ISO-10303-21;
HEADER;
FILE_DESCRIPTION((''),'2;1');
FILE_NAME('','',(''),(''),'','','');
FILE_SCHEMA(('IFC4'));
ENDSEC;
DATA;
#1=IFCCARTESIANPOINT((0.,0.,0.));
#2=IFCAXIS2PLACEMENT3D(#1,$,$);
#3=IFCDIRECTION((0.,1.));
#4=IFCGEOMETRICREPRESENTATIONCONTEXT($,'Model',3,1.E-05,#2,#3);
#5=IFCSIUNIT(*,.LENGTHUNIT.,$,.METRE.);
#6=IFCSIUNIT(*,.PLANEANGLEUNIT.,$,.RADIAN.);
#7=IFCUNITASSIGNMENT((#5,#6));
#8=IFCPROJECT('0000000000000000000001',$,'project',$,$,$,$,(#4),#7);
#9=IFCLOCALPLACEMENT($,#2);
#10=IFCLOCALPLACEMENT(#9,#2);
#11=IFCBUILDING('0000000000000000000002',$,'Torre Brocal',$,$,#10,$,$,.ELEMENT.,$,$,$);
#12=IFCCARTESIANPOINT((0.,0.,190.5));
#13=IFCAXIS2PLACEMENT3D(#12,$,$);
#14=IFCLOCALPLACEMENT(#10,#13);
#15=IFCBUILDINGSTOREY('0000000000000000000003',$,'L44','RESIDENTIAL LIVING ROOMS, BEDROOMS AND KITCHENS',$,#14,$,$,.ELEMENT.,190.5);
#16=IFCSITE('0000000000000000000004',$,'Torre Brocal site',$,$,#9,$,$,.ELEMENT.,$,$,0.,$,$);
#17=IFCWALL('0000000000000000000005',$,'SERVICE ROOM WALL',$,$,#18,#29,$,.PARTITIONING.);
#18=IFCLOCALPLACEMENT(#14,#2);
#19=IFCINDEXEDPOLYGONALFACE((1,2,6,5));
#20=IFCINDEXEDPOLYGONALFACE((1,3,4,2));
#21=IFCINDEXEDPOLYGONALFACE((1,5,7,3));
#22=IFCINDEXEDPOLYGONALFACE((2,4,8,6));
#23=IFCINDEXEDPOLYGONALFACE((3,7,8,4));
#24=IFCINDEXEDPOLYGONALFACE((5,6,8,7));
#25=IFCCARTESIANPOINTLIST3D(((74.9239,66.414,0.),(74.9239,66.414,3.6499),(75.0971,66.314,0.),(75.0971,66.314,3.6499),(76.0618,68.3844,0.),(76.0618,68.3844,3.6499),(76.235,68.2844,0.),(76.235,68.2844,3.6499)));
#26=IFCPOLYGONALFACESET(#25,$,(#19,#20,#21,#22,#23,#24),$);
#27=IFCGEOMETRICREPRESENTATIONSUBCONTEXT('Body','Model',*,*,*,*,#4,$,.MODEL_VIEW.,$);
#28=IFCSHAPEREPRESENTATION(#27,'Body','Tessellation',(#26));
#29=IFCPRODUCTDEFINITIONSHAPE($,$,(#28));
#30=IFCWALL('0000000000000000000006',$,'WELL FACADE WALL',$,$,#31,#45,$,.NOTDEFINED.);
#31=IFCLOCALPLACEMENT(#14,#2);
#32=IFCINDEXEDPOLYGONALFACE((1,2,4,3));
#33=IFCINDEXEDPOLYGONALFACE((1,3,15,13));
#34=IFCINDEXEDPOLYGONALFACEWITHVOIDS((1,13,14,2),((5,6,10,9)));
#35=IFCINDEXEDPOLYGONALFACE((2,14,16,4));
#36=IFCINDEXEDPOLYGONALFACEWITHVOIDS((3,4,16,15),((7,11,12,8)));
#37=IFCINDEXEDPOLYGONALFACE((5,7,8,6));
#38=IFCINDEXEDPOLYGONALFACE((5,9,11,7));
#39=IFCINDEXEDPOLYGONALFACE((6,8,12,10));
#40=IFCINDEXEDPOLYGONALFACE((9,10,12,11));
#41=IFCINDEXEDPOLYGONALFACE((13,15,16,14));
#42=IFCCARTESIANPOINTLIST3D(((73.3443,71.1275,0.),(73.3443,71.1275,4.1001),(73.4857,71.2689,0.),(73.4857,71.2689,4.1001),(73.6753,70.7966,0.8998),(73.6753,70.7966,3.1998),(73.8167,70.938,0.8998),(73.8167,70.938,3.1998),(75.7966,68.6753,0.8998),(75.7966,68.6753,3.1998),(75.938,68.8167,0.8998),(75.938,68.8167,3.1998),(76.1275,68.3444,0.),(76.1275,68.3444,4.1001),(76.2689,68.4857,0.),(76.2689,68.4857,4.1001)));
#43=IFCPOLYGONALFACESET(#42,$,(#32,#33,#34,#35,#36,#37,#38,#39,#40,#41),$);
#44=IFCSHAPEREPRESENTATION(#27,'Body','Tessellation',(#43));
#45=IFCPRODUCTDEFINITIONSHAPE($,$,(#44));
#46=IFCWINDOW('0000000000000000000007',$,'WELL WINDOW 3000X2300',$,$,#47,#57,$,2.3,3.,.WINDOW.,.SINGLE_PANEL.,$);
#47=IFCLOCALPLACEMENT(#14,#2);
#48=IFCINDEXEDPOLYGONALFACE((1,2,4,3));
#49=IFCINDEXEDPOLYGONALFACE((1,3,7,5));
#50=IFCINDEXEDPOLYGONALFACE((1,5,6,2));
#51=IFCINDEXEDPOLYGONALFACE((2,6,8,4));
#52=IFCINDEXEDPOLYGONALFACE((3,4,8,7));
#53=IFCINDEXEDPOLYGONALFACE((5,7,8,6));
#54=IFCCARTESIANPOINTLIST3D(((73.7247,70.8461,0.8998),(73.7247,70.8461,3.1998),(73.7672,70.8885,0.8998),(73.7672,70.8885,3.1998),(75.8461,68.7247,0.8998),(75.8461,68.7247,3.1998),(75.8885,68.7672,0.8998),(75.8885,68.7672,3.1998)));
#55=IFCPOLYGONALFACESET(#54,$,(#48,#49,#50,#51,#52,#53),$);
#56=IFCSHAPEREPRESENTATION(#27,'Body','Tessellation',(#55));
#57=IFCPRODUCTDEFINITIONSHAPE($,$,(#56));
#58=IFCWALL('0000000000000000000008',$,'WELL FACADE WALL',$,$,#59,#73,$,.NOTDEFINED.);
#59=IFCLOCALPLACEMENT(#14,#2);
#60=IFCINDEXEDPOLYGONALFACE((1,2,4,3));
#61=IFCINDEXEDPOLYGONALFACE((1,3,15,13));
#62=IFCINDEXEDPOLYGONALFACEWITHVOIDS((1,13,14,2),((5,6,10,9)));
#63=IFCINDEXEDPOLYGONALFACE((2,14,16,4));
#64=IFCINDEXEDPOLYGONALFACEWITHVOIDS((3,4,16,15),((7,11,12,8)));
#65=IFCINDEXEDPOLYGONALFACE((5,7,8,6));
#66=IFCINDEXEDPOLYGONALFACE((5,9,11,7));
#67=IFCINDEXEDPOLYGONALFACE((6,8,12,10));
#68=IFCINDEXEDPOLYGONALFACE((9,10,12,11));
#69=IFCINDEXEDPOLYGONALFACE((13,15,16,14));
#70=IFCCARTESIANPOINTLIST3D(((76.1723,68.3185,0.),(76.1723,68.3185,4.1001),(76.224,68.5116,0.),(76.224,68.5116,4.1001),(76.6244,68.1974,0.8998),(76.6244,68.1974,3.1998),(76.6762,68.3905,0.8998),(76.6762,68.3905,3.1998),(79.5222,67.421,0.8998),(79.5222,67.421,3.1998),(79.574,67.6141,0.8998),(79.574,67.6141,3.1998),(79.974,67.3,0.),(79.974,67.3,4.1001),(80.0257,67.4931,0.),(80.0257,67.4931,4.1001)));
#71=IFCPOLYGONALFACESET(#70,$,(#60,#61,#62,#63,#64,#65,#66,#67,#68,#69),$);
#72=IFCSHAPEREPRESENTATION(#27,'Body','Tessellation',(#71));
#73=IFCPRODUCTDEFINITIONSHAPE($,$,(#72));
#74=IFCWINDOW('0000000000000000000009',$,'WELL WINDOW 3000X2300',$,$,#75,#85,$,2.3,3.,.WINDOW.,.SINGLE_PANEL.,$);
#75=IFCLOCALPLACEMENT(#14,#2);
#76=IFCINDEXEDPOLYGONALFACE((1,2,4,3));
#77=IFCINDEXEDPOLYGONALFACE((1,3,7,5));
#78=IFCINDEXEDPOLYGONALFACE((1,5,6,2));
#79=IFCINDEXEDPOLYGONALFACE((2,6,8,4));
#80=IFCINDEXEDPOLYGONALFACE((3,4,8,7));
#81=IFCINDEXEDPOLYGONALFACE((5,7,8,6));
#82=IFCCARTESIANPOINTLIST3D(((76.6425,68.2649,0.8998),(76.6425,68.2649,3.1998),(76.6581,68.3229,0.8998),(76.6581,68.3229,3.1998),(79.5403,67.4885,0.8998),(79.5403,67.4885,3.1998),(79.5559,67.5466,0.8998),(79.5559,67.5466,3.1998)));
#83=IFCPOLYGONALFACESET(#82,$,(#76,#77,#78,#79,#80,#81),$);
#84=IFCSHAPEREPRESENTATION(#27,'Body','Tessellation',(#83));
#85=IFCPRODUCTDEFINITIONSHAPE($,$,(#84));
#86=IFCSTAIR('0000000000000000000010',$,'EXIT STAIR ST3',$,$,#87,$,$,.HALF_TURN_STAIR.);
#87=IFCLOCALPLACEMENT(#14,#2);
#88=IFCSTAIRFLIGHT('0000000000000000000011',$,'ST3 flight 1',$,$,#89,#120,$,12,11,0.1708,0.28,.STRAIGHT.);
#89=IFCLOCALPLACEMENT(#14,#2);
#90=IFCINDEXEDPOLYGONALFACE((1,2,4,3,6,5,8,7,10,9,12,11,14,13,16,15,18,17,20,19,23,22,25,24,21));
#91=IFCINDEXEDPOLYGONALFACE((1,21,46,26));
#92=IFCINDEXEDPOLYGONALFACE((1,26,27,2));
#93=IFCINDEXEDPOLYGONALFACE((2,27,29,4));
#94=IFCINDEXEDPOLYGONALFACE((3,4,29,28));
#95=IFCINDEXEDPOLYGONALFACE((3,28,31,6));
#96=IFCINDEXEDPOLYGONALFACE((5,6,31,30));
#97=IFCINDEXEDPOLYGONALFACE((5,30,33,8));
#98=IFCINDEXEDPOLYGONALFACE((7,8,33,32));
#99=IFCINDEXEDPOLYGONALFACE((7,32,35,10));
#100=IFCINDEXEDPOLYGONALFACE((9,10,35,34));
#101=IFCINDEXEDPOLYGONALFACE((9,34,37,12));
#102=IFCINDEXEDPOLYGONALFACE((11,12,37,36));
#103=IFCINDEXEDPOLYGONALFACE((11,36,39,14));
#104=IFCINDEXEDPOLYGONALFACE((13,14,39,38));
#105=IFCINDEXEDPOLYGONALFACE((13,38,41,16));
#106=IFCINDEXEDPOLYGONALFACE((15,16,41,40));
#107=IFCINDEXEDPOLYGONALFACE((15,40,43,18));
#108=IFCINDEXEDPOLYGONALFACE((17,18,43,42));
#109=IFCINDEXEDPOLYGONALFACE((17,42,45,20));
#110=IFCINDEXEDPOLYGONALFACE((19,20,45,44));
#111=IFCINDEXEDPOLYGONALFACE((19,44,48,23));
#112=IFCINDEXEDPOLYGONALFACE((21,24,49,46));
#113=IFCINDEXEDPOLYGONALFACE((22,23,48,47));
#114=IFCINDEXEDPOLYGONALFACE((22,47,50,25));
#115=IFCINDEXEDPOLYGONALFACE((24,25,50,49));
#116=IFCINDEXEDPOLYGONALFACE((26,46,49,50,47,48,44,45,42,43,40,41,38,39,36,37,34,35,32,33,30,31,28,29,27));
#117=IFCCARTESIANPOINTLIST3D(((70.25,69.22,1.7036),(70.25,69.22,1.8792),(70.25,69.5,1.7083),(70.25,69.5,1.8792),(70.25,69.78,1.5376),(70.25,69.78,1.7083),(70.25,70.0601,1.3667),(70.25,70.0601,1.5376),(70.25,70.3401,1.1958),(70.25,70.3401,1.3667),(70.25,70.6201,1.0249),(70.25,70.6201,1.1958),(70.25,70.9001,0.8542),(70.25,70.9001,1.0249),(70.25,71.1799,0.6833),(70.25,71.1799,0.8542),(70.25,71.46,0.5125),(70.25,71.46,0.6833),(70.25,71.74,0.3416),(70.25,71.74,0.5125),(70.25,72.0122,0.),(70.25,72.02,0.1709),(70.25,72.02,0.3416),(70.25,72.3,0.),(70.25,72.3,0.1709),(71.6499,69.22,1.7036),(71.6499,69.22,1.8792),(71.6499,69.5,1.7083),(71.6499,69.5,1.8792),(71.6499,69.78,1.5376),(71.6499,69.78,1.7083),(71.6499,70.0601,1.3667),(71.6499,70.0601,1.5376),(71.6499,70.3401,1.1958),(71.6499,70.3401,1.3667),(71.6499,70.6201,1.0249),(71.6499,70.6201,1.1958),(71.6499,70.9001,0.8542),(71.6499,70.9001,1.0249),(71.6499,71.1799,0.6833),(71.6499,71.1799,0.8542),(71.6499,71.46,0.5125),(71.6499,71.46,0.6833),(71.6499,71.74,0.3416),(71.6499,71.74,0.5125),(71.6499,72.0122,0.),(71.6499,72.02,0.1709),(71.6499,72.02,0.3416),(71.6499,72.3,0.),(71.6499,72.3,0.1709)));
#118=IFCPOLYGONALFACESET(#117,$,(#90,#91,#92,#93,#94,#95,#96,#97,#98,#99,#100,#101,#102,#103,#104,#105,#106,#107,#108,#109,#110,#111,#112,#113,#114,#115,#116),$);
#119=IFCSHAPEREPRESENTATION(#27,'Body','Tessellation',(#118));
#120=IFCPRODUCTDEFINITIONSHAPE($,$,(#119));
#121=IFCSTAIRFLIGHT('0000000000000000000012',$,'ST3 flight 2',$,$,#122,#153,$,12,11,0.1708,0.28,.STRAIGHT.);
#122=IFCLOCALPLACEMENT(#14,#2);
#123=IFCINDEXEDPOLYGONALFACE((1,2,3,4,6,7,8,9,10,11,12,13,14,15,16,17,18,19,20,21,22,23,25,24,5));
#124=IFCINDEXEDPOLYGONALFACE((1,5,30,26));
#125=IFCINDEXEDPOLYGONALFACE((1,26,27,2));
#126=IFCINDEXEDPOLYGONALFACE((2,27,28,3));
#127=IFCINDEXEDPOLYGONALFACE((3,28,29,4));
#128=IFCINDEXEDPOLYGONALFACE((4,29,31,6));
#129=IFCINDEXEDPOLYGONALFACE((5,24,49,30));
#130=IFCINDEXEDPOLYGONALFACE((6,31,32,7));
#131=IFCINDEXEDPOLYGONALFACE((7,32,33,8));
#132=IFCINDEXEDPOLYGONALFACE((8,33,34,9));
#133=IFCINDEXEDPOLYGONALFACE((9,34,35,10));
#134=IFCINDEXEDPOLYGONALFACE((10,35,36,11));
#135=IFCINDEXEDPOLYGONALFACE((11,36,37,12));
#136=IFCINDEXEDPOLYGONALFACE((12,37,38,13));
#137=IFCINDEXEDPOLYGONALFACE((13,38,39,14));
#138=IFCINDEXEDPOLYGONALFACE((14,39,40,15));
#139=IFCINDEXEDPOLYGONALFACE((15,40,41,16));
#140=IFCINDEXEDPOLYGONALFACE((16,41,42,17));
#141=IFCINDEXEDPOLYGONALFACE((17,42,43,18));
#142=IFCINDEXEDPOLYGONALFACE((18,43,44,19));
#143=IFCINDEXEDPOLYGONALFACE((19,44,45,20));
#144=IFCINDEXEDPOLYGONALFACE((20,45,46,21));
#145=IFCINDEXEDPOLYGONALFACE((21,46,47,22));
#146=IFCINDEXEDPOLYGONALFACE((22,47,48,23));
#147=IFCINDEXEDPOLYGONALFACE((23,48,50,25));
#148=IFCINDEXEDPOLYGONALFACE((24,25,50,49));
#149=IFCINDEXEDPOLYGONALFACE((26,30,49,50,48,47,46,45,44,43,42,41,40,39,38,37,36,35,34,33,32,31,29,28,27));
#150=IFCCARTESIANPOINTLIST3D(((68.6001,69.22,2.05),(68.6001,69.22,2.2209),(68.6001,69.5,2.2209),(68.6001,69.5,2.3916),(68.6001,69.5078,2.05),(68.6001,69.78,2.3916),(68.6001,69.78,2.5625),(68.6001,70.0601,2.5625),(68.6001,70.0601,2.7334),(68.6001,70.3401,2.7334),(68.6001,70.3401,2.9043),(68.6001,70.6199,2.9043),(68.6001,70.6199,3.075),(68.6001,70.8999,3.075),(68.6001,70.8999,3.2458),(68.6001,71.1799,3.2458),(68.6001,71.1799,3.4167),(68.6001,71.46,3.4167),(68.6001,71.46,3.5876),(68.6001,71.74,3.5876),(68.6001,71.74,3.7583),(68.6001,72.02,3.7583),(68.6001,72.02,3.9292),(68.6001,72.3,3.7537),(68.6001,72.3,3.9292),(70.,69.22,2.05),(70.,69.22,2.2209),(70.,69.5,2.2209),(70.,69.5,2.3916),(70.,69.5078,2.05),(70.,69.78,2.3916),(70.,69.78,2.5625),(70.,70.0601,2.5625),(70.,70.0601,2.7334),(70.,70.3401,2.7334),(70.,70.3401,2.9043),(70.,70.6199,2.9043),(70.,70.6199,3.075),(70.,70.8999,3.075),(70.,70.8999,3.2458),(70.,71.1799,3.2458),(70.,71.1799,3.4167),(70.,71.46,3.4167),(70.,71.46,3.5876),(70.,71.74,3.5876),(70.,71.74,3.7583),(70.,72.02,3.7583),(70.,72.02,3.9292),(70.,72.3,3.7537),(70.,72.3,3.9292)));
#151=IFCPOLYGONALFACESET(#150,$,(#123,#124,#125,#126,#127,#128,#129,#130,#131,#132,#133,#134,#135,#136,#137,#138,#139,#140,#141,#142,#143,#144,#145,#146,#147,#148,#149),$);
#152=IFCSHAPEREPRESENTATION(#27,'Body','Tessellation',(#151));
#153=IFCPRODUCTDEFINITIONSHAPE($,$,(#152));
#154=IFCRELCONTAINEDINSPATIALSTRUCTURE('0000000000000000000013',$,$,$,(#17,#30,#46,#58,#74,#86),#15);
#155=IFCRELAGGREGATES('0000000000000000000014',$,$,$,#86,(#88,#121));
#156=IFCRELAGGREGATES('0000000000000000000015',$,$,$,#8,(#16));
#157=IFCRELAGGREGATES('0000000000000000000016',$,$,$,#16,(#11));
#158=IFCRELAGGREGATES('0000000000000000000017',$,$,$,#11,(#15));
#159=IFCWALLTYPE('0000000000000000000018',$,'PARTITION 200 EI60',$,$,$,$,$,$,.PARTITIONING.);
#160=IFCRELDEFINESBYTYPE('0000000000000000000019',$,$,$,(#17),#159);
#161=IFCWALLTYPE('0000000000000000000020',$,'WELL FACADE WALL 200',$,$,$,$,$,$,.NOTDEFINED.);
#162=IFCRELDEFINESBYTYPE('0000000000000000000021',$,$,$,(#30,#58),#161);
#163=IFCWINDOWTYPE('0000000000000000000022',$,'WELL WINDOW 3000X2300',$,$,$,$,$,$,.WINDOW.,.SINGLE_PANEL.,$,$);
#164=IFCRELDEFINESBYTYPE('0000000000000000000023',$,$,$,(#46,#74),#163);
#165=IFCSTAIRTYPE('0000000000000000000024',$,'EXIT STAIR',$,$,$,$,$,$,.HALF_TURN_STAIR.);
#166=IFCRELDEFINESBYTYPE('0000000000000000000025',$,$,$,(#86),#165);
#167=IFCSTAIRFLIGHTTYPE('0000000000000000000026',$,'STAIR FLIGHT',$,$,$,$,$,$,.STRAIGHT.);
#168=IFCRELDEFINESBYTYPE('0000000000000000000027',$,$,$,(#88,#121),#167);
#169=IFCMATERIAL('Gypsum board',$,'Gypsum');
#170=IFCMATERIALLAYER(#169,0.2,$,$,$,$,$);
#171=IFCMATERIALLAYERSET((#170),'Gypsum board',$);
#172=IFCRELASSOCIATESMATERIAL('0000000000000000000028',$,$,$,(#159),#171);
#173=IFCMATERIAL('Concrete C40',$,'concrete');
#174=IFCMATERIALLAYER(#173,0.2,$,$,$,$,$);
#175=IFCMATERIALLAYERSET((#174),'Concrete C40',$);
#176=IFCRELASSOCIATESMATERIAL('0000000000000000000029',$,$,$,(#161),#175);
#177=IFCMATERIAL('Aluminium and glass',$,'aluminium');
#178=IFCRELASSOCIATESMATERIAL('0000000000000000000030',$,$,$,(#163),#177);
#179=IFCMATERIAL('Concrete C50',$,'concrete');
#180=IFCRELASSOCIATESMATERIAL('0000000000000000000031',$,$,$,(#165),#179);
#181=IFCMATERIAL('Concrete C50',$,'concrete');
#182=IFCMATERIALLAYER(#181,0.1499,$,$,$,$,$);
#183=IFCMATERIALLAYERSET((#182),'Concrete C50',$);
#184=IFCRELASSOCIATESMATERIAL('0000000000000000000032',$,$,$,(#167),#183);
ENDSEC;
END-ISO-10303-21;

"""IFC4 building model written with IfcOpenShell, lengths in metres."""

from ifc_helpers import new_model, si_unit, direction, frame, frame_2d, origin, place, context, subcontext, project, spatial, polyline, rectangle, outline, extrude, material, layer, layer_set, type_object, element, fill, aggregate, save


model = new_model("IFC4")

# Units and contexts
model_context = context("Model", 3, precision=1e-05, world=origin(), true_north=direction((0.0, 1.0)))
body_context = subcontext(model_context, "Body", "Model", "MODEL_VIEW")
ifc_project = project(units=[si_unit("LENGTHUNIT", "METRE"), si_unit("PLANEANGLEUNIT", "RADIAN")], contexts=[model_context])

# Site, building, storey
site_placement = place(None, origin())
site = spatial("IfcSite", under=ifc_project, at=site_placement, Name="Torre Brocal site", CompositionType="ELEMENT", RefElevation=0.0)
building_placement = place(site_placement, origin())
building = spatial("IfcBuilding", under=site, at=building_placement, Name="Torre Brocal", CompositionType="ELEMENT")
storey_placement = place(building_placement, frame((0.0, 0.0, 190.5)))
storey = spatial("IfcBuildingStorey", under=building, at=storey_placement, Name="L44", Description="RESIDENTIAL LIVING ROOMS, BEDROOMS AND KITCHENS", CompositionType="ELEMENT", Elevation=190.5)

# Shared definitions
ifc_material_1 = material(Name="Gypsum board", Category="Gypsum")
ifc_layer_1 = layer(ifc_material_1, 0.2)
ifc_layer_set_1 = layer_set([ifc_layer_1], Name="Gypsum board")
wall_type_1 = type_object("IfcWallType", Name="PARTITION 200 EI60", PredefinedType="PARTITIONING", material=ifc_layer_set_1)

# Wall
wall_1_placement = place(storey_placement, frame((75.0105, 66.364, 0.0), z_axis=(0.0, 0.0, 1.0), x_axis=(0.500097, 0.865969, 0.0)))
element("IfcWall", 1, at=wall_1_placement, inside=storey, type_object=wall_type_1, Name="SERVICE ROOM WALL", PredefinedType="PARTITIONING", context=body_context, shape_type="SweptSolid", body=[
    extrude(rectangle(XDim=2.2754, YDim=0.2, at=frame_2d((1.1377, 0.0))), origin(), (0.0, 0.0, 1.0), 3.6499),
])

# Walls, openings, windows
ifc_material_2 = material(Name="Concrete C40", Category="concrete")
ifc_layer_2 = layer(ifc_material_2, 0.2)
ifc_layer_set_2 = layer_set([ifc_layer_2], Name="Concrete C40")
wall_type_2 = type_object("IfcWallType", Name="WELL FACADE WALL 200", PredefinedType="NOTDEFINED", material=ifc_layer_set_2)
wall_2_placement = place(storey_placement, frame((73.415, 71.1982, 0.0), z_axis=(0.0, 0.0, 1.0), x_axis=(0.707107, -0.707107, 0.0)))
wall_2 = element("IfcWall", 2, at=wall_2_placement, inside=storey, type_object=wall_type_2, Name="WELL FACADE WALL", PredefinedType="NOTDEFINED", context=body_context, shape_type="SweptSolid", body=[
    extrude(rectangle(XDim=3.936, YDim=0.2, at=frame_2d((1.968, 0.0))), origin(), (0.0, 0.0, 1.0), 4.1001),
])
opening_1_placement = place(wall_2_placement, frame((0.468, 0.0, 0.8999)))
opening_1 = element("IfcOpeningElement", 3, at=opening_1_placement, cuts=wall_2, PredefinedType="OPENING", context=body_context, shape_type="SweptSolid", body=[
    extrude(rectangle(XDim=3.0, YDim=2.3, at=frame_2d((1.5, 1.1499))), frame((0.0, 0.1099, 0.0), z_axis=(0.0, -1.0, 0.0), x_axis=(1.0, 0.0, 0.0)), (0.0, 0.0, 1.0), 0.22),
])
ifc_material_3 = material(Name="Aluminium and glass", Category="aluminium")
window_type = type_object("IfcWindowType", Name="WELL WINDOW 3000X2300", PartitioningType="SINGLE_PANEL", PredefinedType="WINDOW", material=ifc_material_3)
window_1_placement = place(opening_1_placement, origin())
window_1 = element("IfcWindow", 4, at=window_1_placement, inside=storey, type_object=window_type, Name="WELL WINDOW 3000X2300", OverallHeight=2.3, OverallWidth=3.0, PartitioningType="SINGLE_PANEL", PredefinedType="WINDOW", context=body_context, shape_type="SweptSolid", body=[
    extrude(rectangle(XDim=3.0, YDim=2.3, at=frame_2d((1.5, 1.1499))), frame((0.0, 0.03, 0.0), z_axis=(0.0, -1.0, 0.0), x_axis=(1.0, 0.0, 0.0)), (0.0, 0.0, 1.0), 0.0601),
])
fill(opening_1, window_1)
wall_3_placement = place(storey_placement, frame((76.1982, 68.415, 0.0), z_axis=(0.0, 0.0, 1.0), x_axis=(0.965934, -0.25879, 0.0)))
wall_3 = element("IfcWall", 5, at=wall_3_placement, inside=storey, type_object=wall_type_2, Name="WELL FACADE WALL", PredefinedType="NOTDEFINED", context=body_context, shape_type="SweptSolid", body=[
    extrude(rectangle(XDim=3.9358, YDim=0.2, at=frame_2d((1.9678, 0.0))), origin(), (0.0, 0.0, 1.0), 4.1001),
])
opening_2_placement = place(wall_3_placement, frame((0.468, 0.0, 0.8999)))
opening_2 = element("IfcOpeningElement", 6, at=opening_2_placement, cuts=wall_3, PredefinedType="OPENING", context=body_context, shape_type="SweptSolid", body=[
    extrude(rectangle(XDim=3.0, YDim=2.3, at=frame_2d((1.5, 1.1499))), frame((0.0, 0.1099, 0.0), z_axis=(0.0, -1.0, 0.0), x_axis=(1.0, 0.0, 0.0)), (0.0, 0.0, 1.0), 0.22),
])
window_2_placement = place(opening_2_placement, origin())
window_2 = element("IfcWindow", 7, at=window_2_placement, inside=storey, type_object=window_type, Name="WELL WINDOW 3000X2300", OverallHeight=2.3, OverallWidth=3.0, PartitioningType="SINGLE_PANEL", PredefinedType="WINDOW", context=body_context, shape_type="SweptSolid", body=[
    extrude(rectangle(XDim=3.0, YDim=2.3, at=frame_2d((1.5, 1.1499))), frame((0.0, 0.03, 0.0), z_axis=(0.0, -1.0, 0.0), x_axis=(1.0, 0.0, 0.0)), (0.0, 0.0, 1.0), 0.0601),
])
fill(opening_2, window_2)

# Stair, stair flights
ifc_material_4 = material(Name="Concrete C50", Category="concrete")
stair_type = type_object("IfcStairType", Name="EXIT STAIR", PredefinedType="HALF_TURN_STAIR", material=ifc_material_4)
stair_placement = place(storey_placement, origin())
stair = element("IfcStair", 8, at=stair_placement, inside=storey, type_object=stair_type, Name="EXIT STAIR ST3", PredefinedType="HALF_TURN_STAIR")
ifc_material_5 = material(Name="Concrete C50", Category="concrete")
ifc_layer_3 = layer(ifc_material_5, 0.1499)
ifc_layer_set_3 = layer_set([ifc_layer_3], Name="Concrete C50")
stair_flight_type = type_object("IfcStairFlightType", Name="STAIR FLIGHT", PredefinedType="STRAIGHT", material=ifc_layer_set_3)
stair_flight_1_placement = place(storey_placement, frame((70.95, 72.3, 0.0), z_axis=(0.0, 0.0, 1.0), x_axis=(0.0, -1.0, 0.0)))
stair_flight_1 = element("IfcStairFlight", 9, at=stair_flight_1_placement, type_object=stair_flight_type, Name="ST3 flight 1", NumberOfRisers=12, NumberOfTreads=11, PredefinedType="STRAIGHT", RiserHeight=0.1708, TreadLength=0.28, context=body_context, shape_type="SweptSolid", body=[
    extrude(outline(polyline([(0.0, 0.0), (0.0, 0.1709), (0.28, 0.1709), (0.28, 0.3416), (0.5601, 0.3416), (0.5601, 0.5125), (0.8401, 0.5125), (0.8401, 0.6833), (1.1201, 0.6833), (1.1201, 0.8542), (1.3999, 0.8542), (1.3999, 1.0249), (1.6799, 1.0249), (1.6799, 1.1958), (1.96, 1.1958), (1.96, 1.3667), (2.24, 1.3667), (2.24, 1.5376), (2.52, 1.5376), (2.52, 1.7083), (2.8, 1.7083), (2.8, 1.8792), (3.0801, 1.8792), (3.0801, 2.05), (3.0801, 1.7036), (0.2878, 0.0), (0.0, 0.0)])), frame((0.0, 0.7, 0.0), z_axis=(0.0, -1.0, 0.0), x_axis=(1.0, 0.0, 0.0)), (0.0, 0.0, 1.0), 1.3999),
])
stair_flight_2_placement = place(storey_placement, frame((69.3, 69.22, 2.05), z_axis=(0.0, 0.0, 1.0), x_axis=(0.0, 1.0, 0.0)))
stair_flight_2 = element("IfcStairFlight", 10, at=stair_flight_2_placement, type_object=stair_flight_type, Name="ST3 flight 2", NumberOfRisers=12, NumberOfTreads=11, PredefinedType="STRAIGHT", RiserHeight=0.1708, TreadLength=0.28, context=body_context, shape_type="SweptSolid", body=[
    extrude(outline(polyline([(0.0, 0.0), (0.0, 0.1709), (0.28, 0.1709), (0.28, 0.3416), (0.5601, 0.3416), (0.5601, 0.5125), (0.8401, 0.5125), (0.8401, 0.6833), (1.1201, 0.6833), (1.1201, 0.8542), (1.3999, 0.8542), (1.3999, 1.0249), (1.6799, 1.0249), (1.6799, 1.1958), (1.96, 1.1958), (1.96, 1.3667), (2.24, 1.3667), (2.24, 1.5376), (2.52, 1.5376), (2.52, 1.7083), (2.8, 1.7083), (2.8, 1.8792), (3.0801, 1.8792), (3.0801, 2.05), (3.0801, 1.7036), (0.2878, 0.0), (0.0, 0.0)])), frame((0.0, 0.7, 0.0), z_axis=(0.0, -1.0, 0.0), x_axis=(1.0, 0.0, 0.0)), (0.0, 0.0, 1.0), 1.3999),
])
aggregate(stair, [stair_flight_1, stair_flight_2])

save(model, "model.ifc")
